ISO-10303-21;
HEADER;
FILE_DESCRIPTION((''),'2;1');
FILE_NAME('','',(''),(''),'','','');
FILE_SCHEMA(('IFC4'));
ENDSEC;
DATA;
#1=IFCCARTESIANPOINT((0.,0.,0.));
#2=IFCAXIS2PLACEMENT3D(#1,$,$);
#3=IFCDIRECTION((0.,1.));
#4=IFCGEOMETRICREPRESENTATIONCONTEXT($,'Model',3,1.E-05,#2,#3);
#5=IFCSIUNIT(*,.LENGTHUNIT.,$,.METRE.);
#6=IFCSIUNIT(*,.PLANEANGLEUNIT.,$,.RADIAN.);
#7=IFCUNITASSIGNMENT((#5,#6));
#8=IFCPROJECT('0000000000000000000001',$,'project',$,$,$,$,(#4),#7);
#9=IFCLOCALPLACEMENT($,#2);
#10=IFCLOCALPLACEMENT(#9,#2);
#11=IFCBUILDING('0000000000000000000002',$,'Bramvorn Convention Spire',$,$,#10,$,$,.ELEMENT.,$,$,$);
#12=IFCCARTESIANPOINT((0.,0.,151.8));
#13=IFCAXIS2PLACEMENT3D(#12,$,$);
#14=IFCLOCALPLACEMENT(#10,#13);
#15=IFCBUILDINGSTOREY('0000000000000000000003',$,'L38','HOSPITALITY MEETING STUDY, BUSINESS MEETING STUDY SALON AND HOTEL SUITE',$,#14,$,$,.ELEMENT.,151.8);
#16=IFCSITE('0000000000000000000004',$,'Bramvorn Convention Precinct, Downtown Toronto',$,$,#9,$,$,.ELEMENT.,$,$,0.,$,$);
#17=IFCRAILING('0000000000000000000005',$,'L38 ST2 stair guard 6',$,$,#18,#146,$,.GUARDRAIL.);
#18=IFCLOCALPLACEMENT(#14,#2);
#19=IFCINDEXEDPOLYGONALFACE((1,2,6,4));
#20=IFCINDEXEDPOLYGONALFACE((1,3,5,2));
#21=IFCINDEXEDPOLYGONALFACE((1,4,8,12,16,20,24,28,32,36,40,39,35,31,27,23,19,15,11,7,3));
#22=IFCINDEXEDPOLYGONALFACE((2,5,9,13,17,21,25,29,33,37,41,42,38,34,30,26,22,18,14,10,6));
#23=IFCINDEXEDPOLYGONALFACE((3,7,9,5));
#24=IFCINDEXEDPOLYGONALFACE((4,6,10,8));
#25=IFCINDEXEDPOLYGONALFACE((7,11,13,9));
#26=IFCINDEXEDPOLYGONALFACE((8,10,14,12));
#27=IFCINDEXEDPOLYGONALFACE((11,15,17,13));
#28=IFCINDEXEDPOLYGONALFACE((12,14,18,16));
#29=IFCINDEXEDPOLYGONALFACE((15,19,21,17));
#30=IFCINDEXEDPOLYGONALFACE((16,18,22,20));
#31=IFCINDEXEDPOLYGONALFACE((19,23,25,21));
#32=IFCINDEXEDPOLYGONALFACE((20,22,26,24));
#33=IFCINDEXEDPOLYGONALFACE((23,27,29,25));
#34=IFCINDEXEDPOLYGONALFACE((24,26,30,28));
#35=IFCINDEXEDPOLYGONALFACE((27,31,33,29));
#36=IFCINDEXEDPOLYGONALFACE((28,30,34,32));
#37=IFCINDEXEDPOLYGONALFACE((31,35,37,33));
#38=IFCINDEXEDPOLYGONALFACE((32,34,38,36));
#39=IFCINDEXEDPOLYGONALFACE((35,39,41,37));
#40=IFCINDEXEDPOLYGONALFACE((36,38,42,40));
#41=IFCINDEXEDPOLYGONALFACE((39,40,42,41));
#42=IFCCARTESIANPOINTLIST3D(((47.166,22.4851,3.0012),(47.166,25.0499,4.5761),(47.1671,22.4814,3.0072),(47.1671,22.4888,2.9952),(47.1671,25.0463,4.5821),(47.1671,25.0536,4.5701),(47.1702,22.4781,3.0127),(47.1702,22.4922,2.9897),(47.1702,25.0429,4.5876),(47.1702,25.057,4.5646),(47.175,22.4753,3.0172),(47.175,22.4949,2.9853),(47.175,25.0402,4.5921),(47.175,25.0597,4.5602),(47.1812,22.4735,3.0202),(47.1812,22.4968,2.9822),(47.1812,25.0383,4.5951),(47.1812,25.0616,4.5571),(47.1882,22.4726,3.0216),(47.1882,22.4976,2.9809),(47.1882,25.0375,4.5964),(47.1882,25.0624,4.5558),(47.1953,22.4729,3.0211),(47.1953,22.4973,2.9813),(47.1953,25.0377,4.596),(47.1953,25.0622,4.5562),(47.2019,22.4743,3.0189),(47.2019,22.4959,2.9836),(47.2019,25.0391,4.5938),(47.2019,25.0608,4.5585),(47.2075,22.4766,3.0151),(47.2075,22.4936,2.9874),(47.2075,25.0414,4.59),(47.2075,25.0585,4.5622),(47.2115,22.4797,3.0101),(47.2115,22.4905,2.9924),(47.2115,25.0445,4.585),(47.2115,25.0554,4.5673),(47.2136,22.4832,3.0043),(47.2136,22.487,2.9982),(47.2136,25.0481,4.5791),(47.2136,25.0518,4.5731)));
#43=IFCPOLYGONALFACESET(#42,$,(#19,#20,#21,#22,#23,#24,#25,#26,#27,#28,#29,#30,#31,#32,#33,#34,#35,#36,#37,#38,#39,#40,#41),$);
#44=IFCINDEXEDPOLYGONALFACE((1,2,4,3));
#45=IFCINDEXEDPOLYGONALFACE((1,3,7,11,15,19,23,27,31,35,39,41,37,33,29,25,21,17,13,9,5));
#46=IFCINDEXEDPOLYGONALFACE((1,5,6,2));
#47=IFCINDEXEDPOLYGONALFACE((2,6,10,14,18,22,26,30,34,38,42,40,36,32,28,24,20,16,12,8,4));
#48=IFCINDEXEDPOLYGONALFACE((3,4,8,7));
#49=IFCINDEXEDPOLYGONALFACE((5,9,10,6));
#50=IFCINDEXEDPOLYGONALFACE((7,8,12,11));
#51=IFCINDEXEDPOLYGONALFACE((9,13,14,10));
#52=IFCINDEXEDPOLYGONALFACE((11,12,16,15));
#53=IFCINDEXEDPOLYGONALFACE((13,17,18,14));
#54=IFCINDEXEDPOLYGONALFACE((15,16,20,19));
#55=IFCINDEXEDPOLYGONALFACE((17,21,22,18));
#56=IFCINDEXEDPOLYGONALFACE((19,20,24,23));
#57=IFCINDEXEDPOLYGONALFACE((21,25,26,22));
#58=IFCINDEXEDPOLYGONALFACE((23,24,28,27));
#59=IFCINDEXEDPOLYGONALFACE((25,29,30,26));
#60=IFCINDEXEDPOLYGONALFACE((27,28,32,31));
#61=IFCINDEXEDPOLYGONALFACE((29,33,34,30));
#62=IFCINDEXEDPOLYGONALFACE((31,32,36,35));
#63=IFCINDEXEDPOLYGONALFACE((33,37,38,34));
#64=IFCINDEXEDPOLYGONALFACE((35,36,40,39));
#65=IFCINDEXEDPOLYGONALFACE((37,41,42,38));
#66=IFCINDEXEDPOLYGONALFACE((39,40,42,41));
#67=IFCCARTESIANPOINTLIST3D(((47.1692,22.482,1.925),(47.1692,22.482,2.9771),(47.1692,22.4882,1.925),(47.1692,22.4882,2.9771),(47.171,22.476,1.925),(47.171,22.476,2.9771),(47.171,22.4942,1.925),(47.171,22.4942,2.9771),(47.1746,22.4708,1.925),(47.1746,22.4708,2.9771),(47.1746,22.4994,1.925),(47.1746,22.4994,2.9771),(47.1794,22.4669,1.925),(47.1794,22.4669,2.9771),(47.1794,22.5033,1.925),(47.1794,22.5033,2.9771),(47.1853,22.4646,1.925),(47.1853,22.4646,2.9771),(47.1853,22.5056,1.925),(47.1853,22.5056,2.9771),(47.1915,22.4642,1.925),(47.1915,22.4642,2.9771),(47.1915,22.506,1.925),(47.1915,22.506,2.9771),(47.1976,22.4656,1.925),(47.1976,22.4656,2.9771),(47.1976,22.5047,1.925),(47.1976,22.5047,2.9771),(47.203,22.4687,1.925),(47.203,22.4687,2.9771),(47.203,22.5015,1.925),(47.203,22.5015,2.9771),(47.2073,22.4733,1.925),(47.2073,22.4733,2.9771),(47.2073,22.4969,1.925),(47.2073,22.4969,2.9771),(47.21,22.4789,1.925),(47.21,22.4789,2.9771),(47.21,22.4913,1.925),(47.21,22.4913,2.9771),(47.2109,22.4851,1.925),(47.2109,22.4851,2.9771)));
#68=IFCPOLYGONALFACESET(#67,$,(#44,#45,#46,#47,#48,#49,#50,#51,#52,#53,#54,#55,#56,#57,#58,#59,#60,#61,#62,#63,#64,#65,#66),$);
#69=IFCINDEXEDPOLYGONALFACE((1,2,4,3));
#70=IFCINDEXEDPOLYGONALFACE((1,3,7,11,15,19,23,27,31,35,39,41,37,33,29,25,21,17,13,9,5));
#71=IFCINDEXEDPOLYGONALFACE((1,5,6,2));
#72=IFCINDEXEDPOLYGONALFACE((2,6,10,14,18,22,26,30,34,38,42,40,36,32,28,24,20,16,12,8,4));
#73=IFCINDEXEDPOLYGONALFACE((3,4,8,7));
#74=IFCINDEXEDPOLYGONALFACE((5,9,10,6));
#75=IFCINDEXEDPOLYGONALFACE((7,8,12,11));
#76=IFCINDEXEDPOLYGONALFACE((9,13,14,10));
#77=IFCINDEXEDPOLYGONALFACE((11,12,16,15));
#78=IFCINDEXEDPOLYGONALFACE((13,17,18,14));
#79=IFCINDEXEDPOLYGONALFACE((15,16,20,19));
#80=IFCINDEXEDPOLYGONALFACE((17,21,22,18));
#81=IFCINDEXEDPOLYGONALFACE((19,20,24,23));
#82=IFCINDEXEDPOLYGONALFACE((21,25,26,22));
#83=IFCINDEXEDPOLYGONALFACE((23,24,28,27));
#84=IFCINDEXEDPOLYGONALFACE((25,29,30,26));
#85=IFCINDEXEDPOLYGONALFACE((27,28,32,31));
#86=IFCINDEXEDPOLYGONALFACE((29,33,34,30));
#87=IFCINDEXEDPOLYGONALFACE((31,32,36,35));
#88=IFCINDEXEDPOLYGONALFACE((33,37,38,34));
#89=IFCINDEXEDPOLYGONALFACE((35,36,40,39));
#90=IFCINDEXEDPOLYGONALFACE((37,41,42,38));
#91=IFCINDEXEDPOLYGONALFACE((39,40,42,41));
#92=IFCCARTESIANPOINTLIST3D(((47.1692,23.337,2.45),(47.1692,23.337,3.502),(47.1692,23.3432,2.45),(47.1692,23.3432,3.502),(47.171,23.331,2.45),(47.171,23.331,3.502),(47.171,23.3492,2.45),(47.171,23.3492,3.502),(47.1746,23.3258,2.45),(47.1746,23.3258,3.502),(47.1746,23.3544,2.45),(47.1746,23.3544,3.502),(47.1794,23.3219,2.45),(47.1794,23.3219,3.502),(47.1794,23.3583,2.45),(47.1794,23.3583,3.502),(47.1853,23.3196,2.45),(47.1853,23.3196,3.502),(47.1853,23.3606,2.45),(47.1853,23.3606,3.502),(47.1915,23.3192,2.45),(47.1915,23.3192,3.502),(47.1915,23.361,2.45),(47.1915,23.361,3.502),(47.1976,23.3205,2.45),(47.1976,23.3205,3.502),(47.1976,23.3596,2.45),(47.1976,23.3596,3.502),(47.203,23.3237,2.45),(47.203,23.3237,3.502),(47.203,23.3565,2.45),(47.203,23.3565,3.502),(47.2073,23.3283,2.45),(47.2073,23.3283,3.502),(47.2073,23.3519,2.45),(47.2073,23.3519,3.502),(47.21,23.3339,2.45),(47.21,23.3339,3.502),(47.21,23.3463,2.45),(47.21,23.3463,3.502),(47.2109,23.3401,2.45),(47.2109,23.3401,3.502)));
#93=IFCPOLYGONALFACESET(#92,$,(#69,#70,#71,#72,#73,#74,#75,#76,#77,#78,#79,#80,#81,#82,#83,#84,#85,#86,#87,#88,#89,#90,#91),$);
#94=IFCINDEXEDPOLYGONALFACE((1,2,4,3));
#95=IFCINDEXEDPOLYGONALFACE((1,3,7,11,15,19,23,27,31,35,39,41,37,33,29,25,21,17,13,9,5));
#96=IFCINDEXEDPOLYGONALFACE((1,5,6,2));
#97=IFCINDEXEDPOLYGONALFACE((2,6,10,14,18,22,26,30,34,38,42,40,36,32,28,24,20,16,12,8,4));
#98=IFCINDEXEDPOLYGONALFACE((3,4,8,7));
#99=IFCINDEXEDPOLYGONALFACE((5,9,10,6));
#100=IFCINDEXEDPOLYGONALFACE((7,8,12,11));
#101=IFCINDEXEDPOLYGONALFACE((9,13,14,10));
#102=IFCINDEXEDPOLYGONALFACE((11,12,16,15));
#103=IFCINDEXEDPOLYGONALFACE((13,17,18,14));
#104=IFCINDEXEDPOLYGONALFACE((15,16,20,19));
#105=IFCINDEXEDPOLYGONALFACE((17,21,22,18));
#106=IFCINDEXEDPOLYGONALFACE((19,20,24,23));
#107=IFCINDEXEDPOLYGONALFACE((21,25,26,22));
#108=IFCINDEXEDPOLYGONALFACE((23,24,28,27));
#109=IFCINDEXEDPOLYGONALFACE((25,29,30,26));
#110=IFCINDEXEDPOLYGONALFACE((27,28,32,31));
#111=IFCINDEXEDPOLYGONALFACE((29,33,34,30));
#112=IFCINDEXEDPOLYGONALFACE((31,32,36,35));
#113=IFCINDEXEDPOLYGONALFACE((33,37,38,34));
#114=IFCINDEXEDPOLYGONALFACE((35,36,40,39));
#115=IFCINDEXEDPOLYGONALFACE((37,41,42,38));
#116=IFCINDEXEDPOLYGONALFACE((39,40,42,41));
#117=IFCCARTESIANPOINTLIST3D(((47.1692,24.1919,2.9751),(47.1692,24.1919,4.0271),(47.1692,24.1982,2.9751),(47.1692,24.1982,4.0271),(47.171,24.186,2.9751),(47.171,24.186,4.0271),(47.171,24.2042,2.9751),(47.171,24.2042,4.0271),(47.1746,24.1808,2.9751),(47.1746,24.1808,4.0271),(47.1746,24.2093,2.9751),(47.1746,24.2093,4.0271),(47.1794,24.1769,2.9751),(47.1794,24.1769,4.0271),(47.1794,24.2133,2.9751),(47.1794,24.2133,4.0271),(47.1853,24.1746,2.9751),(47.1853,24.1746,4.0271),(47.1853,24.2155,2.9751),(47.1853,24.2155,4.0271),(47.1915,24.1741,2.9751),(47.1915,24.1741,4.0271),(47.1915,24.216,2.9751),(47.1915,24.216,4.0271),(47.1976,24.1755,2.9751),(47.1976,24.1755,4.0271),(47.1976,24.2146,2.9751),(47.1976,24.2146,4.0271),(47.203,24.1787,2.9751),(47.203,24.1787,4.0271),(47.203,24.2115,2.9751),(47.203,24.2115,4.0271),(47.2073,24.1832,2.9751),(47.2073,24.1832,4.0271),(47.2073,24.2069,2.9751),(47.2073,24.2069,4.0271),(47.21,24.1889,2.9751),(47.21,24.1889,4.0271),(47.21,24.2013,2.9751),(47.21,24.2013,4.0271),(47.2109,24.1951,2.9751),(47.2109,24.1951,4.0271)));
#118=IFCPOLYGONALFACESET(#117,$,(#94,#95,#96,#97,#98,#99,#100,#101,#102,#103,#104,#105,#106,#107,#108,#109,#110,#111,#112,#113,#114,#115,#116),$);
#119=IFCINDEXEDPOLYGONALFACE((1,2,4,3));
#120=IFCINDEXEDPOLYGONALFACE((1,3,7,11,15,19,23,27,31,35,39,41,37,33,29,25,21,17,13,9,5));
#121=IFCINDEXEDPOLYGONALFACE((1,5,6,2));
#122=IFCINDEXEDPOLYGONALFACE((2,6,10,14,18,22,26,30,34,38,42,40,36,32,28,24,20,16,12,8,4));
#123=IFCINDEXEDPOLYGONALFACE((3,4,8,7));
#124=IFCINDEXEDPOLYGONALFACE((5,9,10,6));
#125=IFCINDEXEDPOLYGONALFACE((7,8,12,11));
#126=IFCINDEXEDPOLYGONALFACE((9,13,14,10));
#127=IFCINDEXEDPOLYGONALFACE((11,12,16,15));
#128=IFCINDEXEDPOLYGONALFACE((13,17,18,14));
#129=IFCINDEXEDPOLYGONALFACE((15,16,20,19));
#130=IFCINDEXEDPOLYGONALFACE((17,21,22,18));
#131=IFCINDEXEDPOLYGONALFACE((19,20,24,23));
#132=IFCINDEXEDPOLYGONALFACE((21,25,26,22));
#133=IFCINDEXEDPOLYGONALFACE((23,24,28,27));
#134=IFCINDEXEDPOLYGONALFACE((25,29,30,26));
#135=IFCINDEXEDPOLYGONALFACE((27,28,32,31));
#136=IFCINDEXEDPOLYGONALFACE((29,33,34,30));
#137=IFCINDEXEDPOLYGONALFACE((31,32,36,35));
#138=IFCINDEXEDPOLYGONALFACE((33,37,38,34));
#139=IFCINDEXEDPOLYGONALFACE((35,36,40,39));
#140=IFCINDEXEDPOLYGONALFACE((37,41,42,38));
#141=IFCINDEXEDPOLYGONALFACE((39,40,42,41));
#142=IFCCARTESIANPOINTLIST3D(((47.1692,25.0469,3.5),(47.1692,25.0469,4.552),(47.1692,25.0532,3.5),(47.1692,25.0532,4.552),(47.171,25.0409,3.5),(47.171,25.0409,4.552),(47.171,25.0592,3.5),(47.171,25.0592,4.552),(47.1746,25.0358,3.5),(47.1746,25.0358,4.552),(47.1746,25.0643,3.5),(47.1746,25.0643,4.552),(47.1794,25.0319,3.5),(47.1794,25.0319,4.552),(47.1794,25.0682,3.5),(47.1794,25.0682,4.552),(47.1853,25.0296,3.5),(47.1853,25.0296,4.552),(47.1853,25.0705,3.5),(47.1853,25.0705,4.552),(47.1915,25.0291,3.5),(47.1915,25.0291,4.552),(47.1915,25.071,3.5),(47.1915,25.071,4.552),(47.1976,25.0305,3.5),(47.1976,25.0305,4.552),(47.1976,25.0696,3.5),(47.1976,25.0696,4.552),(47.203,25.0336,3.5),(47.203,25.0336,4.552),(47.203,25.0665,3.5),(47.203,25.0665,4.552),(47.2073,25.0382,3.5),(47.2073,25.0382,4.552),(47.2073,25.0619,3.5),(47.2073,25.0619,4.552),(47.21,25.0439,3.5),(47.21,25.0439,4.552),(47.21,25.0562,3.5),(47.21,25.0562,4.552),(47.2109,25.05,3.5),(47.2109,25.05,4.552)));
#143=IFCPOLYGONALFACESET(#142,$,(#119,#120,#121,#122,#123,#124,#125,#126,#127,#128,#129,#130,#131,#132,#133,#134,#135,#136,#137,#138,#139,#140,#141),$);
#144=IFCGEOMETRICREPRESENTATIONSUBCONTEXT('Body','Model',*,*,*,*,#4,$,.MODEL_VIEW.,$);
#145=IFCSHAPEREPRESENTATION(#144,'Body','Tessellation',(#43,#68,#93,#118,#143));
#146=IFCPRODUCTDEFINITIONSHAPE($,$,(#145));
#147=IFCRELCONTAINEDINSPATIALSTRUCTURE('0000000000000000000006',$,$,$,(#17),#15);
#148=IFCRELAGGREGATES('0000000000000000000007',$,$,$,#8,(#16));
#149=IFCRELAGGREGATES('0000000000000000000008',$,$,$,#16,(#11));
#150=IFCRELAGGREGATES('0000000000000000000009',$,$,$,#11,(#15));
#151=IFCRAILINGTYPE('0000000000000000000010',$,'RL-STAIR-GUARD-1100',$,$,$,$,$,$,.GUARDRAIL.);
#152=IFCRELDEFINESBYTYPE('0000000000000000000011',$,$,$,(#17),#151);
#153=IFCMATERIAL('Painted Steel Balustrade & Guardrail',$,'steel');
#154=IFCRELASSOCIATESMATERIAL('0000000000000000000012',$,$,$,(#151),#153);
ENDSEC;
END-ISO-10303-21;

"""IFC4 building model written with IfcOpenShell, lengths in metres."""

from ifc_helpers import new_model, si_unit, direction, frame, origin, origin_2d, place, context, subcontext, project, spatial, circle, extrude, material, type_object, element, save


model = new_model("IFC4")

# Units and contexts
model_context = context("Model", 3, precision=1e-05, world=origin(), true_north=direction((0.0, 1.0)))
body_context = subcontext(model_context, "Body", "Model", "MODEL_VIEW")
ifc_project = project(units=[si_unit("LENGTHUNIT", "METRE"), si_unit("PLANEANGLEUNIT", "RADIAN")], contexts=[model_context])

# Site, building, storey
site_placement = place(None, origin())
site = spatial("IfcSite", under=ifc_project, at=site_placement, Name="Bramvorn Convention Precinct, Downtown Toronto", CompositionType="ELEMENT", RefElevation=0.0)
building_placement = place(site_placement, origin())
building = spatial("IfcBuilding", under=site, at=building_placement, Name="Bramvorn Convention Spire", CompositionType="ELEMENT")
storey_placement = place(building_placement, frame((0.0, 0.0, 151.8)))
storey = spatial("IfcBuildingStorey", under=building, at=storey_placement, Name="L38", Description="HOSPITALITY MEETING STUDY, BUSINESS MEETING STUDY SALON AND HOTEL SUITE", CompositionType="ELEMENT", Elevation=151.8)

# Railing
ifc_material_1 = material(Name="Painted Steel Balustrade & Guardrail", Category="steel")
railing_type_1 = type_object("IfcRailingType", Name="RL-STAIR-GUARD-1100", PredefinedType="GUARDRAIL", material=ifc_material_1)
railing_1_placement = place(storey_placement, frame((47.1899, 22.4851, 1.925)))
element("IfcRailing", 1, at=railing_1_placement, inside=storey, type_object=railing_type_1, Name="L38 ST2 stair guard 6", PredefinedType="GUARDRAIL", context=body_context, shape_type="SweptSolid", body=[
    extrude(circle(Radius=0.0239, at=origin_2d()), frame((0.0, 0.0, 1.0762), z_axis=(0.0, 0.852173, 0.52326), x_axis=(-1.0, 0.0, 0.0)), (0.0, 0.0, 1.0), 3.0098),
    extrude(circle(Radius=0.021, at=origin_2d()), origin(), (0.0, 0.0, 1.0), 1.052),
    extrude(circle(Radius=0.021, at=origin_2d()), frame((0.0, 0.855, 0.5249)), (0.0, 0.0, 1.0), 1.052),
    extrude(circle(Radius=0.021, at=origin_2d()), frame((0.0, 1.71, 1.05)), (0.0, 0.0, 1.0), 1.052),
    extrude(circle(Radius=0.021, at=origin_2d()), frame((0.0, 2.5649, 1.575)), (0.0, 0.0, 1.0), 1.052),
])

save(model, "model.ifc")
